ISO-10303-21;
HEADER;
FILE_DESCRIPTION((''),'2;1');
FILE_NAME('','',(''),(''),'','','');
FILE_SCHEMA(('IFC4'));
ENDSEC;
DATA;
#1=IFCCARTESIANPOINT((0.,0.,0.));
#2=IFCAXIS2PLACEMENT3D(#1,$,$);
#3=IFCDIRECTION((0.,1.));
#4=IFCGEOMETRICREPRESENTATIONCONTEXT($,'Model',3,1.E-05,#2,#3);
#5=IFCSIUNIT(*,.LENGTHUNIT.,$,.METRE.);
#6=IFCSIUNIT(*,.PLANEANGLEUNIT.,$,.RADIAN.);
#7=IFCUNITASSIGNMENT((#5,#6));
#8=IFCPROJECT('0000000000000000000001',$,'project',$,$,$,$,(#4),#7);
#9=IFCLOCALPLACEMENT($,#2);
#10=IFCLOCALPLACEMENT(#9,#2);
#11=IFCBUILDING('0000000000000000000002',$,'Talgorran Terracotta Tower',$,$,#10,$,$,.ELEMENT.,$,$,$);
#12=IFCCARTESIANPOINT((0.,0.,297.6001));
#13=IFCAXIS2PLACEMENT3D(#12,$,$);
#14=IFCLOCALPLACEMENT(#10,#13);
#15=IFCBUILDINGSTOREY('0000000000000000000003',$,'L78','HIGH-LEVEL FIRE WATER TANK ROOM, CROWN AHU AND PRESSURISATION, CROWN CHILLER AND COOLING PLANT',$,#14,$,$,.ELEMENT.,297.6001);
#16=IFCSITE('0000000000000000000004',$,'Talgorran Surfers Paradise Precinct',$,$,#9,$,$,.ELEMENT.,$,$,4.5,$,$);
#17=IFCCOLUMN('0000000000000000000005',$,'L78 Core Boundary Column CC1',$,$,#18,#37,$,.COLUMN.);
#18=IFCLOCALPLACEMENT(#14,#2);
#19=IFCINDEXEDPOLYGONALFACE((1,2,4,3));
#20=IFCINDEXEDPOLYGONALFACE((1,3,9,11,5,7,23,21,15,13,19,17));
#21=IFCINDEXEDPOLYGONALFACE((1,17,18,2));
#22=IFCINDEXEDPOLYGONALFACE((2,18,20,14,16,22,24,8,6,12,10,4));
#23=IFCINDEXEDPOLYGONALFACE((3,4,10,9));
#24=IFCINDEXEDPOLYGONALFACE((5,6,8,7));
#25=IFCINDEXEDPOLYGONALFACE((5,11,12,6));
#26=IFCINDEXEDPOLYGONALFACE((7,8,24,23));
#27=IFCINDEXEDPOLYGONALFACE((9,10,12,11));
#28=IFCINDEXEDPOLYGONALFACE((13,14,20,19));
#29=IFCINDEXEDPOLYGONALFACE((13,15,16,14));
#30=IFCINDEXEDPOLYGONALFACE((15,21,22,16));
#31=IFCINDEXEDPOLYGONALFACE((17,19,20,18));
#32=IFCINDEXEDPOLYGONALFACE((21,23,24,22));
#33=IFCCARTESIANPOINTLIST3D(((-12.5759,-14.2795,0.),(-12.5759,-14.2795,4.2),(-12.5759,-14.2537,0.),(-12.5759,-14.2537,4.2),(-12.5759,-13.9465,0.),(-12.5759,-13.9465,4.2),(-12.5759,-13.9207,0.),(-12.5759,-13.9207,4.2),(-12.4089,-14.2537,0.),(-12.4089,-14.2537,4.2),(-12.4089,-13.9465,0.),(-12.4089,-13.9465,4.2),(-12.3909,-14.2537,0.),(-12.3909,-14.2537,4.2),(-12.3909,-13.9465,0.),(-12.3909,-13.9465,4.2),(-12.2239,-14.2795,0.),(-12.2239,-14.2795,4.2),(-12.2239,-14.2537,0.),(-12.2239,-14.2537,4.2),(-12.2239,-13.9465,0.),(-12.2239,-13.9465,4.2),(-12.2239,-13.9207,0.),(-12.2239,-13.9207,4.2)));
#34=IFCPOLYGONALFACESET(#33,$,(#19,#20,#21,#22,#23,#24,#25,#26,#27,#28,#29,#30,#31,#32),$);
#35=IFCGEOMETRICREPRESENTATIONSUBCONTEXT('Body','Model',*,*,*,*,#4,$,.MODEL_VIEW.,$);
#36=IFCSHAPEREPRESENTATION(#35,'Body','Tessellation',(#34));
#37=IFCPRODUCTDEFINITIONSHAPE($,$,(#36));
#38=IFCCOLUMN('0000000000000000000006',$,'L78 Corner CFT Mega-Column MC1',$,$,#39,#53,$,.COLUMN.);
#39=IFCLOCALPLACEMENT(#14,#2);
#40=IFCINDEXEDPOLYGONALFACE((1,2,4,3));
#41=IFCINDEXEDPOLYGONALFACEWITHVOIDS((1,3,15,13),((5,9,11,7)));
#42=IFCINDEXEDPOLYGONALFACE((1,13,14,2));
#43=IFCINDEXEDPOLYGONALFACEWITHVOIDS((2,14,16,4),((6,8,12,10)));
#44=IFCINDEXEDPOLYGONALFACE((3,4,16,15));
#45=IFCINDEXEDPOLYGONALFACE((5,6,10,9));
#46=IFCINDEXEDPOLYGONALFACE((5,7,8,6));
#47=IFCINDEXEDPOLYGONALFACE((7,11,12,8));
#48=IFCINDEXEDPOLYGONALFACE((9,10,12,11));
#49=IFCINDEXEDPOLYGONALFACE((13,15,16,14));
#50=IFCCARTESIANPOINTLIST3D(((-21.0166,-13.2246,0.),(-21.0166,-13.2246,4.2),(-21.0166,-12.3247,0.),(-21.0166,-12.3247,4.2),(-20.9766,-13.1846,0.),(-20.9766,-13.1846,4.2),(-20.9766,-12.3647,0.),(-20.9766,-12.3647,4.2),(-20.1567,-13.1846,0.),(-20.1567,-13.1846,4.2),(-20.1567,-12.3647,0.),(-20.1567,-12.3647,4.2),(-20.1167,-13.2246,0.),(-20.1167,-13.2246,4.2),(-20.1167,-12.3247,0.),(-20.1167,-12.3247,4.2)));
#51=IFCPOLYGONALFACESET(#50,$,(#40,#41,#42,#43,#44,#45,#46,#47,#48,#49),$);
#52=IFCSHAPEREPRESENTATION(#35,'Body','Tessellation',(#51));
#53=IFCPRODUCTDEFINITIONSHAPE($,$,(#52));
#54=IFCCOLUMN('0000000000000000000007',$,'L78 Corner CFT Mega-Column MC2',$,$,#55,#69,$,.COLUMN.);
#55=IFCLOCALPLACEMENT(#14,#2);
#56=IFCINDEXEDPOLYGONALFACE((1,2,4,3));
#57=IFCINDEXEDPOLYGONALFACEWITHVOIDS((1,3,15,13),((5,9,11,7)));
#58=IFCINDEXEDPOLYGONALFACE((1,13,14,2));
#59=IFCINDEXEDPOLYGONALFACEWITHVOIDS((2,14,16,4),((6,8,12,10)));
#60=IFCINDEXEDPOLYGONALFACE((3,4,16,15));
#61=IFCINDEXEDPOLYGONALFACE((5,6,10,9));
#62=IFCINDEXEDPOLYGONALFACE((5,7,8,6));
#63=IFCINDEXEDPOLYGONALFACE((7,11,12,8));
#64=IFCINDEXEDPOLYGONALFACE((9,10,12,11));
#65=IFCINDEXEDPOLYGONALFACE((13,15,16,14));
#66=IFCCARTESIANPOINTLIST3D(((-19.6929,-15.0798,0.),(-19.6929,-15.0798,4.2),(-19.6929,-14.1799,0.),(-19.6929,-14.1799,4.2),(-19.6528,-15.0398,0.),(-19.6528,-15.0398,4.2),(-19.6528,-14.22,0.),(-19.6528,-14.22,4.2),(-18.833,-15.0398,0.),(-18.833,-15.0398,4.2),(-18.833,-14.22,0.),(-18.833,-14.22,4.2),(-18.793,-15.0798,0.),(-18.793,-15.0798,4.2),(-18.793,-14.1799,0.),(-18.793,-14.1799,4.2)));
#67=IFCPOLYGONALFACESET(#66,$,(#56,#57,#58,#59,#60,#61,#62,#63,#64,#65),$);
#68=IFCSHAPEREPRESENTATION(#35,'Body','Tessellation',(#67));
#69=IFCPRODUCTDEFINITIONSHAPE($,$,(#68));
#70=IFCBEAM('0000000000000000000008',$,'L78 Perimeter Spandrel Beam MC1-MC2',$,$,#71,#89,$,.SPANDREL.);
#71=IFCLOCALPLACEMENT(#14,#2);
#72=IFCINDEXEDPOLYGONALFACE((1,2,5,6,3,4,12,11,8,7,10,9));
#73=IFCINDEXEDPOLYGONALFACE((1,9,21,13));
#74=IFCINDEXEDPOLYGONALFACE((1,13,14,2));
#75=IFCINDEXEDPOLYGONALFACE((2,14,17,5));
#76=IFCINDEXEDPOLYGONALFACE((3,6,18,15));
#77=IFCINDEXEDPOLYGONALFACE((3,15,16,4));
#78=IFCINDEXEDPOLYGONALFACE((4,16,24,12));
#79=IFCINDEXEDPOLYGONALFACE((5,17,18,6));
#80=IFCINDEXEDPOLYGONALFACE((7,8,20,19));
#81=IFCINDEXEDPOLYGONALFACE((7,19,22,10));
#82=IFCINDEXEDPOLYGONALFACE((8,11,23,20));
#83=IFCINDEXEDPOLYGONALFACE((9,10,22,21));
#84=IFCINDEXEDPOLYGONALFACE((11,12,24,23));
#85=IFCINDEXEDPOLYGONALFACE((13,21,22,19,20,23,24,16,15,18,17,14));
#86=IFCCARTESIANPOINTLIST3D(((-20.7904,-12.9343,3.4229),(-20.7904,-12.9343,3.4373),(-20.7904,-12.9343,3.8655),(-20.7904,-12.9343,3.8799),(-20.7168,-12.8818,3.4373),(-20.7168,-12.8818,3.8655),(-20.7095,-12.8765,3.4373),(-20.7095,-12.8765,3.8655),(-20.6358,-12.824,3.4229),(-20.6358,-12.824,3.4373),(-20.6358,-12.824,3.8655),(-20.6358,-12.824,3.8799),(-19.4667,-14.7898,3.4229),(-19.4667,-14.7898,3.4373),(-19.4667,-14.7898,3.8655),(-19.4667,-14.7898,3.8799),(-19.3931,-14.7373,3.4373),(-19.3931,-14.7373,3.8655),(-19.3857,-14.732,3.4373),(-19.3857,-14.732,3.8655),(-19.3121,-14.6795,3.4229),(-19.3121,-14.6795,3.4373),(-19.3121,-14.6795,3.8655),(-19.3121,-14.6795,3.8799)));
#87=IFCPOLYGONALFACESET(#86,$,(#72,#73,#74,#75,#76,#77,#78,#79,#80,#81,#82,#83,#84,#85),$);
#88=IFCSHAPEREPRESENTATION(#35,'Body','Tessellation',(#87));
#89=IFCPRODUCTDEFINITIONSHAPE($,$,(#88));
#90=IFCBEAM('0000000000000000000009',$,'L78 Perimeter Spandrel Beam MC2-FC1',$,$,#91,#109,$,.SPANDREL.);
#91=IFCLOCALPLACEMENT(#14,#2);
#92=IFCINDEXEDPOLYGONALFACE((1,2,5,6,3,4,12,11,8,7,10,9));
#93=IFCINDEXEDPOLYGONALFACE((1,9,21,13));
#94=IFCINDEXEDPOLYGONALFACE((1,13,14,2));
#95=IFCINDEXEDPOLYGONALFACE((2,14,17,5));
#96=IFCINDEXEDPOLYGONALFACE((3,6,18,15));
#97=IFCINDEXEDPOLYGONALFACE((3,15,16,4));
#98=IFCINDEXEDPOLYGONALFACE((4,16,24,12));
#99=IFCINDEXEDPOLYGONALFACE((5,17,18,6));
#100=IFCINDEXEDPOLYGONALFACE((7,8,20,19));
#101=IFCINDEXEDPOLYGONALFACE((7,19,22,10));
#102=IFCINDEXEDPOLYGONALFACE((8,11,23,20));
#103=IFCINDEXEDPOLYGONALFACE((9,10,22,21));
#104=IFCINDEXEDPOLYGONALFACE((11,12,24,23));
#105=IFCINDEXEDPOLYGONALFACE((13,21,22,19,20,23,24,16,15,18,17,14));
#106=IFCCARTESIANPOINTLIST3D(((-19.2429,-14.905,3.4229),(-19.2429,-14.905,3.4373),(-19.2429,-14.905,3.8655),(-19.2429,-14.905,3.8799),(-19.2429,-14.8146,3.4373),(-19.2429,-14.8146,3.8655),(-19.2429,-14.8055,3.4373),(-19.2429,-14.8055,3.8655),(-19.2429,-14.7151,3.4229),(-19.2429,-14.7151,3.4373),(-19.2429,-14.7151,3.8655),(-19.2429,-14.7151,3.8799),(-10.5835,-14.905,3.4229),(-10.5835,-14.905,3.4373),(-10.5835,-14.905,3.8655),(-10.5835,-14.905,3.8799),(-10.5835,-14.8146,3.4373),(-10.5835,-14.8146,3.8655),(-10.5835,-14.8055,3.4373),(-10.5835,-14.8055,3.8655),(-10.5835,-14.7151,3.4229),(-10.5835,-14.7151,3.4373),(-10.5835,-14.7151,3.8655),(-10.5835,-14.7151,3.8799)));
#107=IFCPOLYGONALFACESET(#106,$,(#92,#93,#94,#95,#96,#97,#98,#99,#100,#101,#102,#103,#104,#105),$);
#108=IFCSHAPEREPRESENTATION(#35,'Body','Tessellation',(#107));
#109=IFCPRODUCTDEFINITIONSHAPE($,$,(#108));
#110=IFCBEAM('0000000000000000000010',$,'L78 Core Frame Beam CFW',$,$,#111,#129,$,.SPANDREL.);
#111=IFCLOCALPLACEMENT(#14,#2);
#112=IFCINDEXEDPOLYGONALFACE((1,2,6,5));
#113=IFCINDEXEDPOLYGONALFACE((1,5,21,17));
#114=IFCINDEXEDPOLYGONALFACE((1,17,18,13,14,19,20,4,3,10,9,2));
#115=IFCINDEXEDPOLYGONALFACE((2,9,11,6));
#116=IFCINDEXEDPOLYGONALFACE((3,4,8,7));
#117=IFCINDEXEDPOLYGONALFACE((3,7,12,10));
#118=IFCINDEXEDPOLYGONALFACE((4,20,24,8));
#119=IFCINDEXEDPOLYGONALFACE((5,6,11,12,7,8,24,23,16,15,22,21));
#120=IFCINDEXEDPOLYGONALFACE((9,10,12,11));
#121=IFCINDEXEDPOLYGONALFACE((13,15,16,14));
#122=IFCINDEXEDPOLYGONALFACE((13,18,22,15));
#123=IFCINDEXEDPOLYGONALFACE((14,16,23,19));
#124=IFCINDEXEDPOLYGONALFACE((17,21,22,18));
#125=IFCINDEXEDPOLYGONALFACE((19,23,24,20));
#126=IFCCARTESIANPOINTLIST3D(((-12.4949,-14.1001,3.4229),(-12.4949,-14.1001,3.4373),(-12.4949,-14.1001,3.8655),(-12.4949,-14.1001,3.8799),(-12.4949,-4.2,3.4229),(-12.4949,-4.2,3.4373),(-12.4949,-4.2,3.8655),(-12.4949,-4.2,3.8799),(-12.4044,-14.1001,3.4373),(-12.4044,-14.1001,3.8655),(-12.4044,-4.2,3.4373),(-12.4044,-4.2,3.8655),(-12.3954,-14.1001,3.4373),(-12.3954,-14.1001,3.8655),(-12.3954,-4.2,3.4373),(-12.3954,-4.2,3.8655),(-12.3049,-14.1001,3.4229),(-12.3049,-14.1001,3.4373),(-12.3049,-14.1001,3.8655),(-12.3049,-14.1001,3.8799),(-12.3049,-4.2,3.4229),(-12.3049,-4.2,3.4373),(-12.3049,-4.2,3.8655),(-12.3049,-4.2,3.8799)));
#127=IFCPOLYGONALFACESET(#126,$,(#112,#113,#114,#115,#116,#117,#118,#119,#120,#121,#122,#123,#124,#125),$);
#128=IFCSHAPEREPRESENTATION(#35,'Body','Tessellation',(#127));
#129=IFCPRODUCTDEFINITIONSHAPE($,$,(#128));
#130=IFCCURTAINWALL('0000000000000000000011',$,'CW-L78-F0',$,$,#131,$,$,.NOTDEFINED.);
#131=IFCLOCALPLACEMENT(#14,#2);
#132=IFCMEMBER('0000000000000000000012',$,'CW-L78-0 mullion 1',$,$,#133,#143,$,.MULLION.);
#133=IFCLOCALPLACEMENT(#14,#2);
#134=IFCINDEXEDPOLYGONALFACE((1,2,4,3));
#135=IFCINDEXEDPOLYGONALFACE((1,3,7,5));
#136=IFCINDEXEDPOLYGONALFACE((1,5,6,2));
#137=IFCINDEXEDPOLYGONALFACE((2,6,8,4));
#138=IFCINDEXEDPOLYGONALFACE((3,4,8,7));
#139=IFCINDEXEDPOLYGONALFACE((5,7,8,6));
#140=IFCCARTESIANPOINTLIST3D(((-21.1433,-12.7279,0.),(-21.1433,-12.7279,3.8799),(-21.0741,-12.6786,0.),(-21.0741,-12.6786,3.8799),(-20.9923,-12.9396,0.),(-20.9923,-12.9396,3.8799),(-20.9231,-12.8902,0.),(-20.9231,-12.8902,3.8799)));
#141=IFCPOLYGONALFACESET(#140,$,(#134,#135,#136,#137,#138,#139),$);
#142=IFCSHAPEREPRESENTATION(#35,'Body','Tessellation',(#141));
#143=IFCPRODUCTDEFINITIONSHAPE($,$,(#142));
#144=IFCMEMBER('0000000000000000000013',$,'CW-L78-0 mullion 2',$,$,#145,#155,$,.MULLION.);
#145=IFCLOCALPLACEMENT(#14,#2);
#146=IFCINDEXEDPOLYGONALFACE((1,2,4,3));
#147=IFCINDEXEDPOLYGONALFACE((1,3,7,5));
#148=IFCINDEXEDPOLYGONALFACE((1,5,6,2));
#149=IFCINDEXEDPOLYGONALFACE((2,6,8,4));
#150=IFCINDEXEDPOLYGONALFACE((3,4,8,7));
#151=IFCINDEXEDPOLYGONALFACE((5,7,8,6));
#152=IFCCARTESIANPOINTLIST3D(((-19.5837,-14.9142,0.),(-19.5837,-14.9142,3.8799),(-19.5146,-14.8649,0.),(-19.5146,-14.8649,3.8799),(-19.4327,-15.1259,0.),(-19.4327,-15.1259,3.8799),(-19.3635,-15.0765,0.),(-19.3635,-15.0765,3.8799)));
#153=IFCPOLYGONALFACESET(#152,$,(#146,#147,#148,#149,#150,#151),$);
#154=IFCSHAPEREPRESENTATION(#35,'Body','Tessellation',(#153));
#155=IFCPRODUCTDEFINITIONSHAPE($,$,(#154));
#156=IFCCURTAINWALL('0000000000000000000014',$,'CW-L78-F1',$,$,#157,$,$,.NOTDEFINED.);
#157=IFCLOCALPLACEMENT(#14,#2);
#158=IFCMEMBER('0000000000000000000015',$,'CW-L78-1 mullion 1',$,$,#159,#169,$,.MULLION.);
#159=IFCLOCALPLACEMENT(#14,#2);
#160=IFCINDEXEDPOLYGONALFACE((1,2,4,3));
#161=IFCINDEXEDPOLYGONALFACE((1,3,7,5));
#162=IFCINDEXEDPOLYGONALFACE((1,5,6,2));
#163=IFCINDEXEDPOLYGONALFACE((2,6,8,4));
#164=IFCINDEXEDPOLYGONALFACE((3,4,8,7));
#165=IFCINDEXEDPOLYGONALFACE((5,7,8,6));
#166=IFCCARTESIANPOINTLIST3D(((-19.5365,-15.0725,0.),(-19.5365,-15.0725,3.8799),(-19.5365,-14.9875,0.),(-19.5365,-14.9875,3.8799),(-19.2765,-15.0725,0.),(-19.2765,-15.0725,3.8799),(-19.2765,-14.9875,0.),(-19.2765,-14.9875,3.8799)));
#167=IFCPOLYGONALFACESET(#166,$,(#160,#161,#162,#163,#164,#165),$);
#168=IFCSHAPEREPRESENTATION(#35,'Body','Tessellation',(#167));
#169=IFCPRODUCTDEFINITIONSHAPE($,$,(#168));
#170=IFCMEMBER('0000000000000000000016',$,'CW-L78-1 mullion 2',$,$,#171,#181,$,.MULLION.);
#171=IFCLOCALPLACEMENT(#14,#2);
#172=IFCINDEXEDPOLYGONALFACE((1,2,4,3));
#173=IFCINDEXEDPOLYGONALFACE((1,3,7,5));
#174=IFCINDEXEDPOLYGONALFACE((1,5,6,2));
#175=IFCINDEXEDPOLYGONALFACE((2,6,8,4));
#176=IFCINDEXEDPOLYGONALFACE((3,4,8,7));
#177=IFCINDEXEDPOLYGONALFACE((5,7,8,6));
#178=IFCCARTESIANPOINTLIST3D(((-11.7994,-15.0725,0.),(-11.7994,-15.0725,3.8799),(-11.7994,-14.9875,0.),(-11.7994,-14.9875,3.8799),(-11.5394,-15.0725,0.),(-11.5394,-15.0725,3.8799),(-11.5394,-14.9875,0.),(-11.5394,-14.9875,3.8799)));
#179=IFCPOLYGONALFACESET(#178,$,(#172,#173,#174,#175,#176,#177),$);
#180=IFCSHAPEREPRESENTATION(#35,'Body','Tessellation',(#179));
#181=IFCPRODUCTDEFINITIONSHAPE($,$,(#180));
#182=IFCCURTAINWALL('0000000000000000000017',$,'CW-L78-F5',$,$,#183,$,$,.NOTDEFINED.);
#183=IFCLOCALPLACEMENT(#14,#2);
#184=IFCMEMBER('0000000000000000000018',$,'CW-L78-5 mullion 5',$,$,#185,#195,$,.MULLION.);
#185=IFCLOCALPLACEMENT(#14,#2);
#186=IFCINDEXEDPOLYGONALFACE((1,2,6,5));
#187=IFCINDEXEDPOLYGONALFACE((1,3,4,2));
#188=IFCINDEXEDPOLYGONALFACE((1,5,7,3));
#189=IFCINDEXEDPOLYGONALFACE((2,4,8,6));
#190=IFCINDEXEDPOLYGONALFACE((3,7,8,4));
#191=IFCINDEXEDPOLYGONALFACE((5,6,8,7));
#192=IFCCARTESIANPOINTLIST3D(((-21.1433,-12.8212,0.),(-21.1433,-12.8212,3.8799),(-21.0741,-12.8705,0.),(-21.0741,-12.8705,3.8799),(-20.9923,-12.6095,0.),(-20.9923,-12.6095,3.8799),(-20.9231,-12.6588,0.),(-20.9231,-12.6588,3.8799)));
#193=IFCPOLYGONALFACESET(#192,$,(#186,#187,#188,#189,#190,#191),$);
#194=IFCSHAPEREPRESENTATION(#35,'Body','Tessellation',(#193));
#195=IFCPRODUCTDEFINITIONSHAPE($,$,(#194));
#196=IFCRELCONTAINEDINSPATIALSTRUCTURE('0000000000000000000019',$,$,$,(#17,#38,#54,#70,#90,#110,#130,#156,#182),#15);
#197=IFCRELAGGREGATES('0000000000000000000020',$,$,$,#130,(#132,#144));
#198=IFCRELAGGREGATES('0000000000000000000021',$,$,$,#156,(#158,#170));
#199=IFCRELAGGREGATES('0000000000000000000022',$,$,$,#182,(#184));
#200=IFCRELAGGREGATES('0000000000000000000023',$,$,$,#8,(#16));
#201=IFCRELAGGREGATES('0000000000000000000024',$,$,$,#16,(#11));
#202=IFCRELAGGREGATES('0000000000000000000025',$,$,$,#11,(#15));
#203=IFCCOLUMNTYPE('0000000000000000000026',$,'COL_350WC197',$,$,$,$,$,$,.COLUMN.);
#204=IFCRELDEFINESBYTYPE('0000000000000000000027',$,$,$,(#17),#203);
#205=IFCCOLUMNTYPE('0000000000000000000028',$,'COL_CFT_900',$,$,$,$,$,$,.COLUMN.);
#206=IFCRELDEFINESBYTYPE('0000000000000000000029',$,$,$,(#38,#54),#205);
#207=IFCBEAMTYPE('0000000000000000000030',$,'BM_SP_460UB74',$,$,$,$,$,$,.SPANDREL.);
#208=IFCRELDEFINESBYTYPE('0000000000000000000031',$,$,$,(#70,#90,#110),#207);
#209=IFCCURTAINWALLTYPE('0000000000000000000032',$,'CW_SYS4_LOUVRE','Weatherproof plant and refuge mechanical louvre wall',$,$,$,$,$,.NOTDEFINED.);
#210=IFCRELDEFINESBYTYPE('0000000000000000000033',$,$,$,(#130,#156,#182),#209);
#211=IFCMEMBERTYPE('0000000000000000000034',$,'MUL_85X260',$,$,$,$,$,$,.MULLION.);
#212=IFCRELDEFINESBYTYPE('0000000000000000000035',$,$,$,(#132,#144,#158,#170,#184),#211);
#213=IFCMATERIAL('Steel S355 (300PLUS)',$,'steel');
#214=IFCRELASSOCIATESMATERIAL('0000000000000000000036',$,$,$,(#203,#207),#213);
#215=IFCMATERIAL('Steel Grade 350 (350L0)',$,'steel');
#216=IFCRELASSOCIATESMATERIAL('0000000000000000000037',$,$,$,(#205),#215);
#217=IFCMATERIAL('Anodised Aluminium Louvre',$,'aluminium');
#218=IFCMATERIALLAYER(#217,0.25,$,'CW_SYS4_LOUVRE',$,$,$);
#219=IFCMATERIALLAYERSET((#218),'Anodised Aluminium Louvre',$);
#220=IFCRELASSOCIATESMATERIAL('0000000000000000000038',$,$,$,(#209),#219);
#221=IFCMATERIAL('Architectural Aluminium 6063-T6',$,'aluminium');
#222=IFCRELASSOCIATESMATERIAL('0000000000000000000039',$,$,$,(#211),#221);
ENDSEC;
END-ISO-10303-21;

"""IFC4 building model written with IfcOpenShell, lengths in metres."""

from ifc_helpers import new_model, si_unit, direction, frame, origin, origin_2d, place, context, subcontext, project, spatial, rectangle, hollow_rectangle, i_section, extrude, material, layer, layer_set, material_profile, profile_set, type_object, element, aggregate, save


model = new_model("IFC4")

# Units and contexts
model_context = context("Model", 3, precision=1e-05, world=origin(), true_north=direction((0.0, 1.0)))
body_context = subcontext(model_context, "Body", "Model", "MODEL_VIEW")
ifc_project = project(units=[si_unit("LENGTHUNIT", "METRE"), si_unit("PLANEANGLEUNIT", "RADIAN")], contexts=[model_context])

# Site, building, storey
site_placement = place(None, origin())
site = spatial("IfcSite", under=ifc_project, at=site_placement, Name="Talgorran Surfers Paradise Precinct", CompositionType="ELEMENT", RefElevation=4.5)
building_placement = place(site_placement, origin())
building = spatial("IfcBuilding", under=site, at=building_placement, Name="Talgorran Terracotta Tower", CompositionType="ELEMENT")
storey_placement = place(building_placement, frame((0.0, 0.0, 297.6001)))
storey = spatial("IfcBuildingStorey", under=building, at=storey_placement, Name="L78", Description="HIGH-LEVEL FIRE WATER TANK ROOM, CROWN AHU AND PRESSURISATION, CROWN CHILLER AND COOLING PLANT", CompositionType="ELEMENT", Elevation=297.6001)

# Columns
ifc_material_1 = material(Name="Steel S355 (300PLUS)", Category="steel")
ifc_material_profile_1 = material_profile(ifc_material_1, i_section(OverallWidth=0.3521, OverallDepth=0.3589, WebThickness=0.0181, FlangeThickness=0.0259, at=origin_2d()), Name="350WC197")
ifc_profile_set_1 = profile_set([ifc_material_profile_1], Name="Steel S355 (300PLUS)")
column_type_1 = type_object("IfcColumnType", Name="COL_350WC197", PredefinedType="COLUMN", material=ifc_profile_set_1)
column_placement = place(storey_placement, frame((-12.3999, -14.1001, 0.0), z_axis=(0.0, 0.0, 1.0), x_axis=(1.0, 0.0, 0.0)))
element("IfcColumn", 1, at=column_placement, inside=storey, type_object=column_type_1, Name="L78 Core Boundary Column CC1", PredefinedType="COLUMN", context=body_context, shape_type="SweptSolid", body=[
    extrude(i_section(OverallWidth=0.3521, OverallDepth=0.3589, WebThickness=0.0181, FlangeThickness=0.0259, at=origin_2d()), origin(), (0.0, 0.0, 1.0), 4.2),
])
ifc_material_2 = material(Name="Steel Grade 350 (350L0)", Category="steel")
ifc_material_profile_2 = material_profile(ifc_material_2, hollow_rectangle(XDim=0.8999, YDim=0.8999, WallThickness=0.04, at=origin_2d()), Name="CFT900X900X40")
ifc_profile_set_2 = profile_set([ifc_material_profile_2], Name="Steel Grade 350 (350L0)")
column_type_2 = type_object("IfcColumnType", Name="COL_CFT_900", PredefinedType="COLUMN", material=ifc_profile_set_2)
for number, where, z_axis, x_axis, name in (
    (2, (-20.5667, -12.7747, 0.0), (0.0, 0.0, 1.0), (1.0, 0.0, 0.0), "L78 Corner CFT Mega-Column MC1"),
    (3, (-19.2429, -14.6299, 0.0), (0.0, 0.0, 1.0), (1.0, 0.0, 0.0), "L78 Corner CFT Mega-Column MC2"),
):
    element("IfcColumn", number, at=place(storey_placement, frame(where, z_axis=z_axis, x_axis=x_axis)), inside=storey, type_object=column_type_2, Name=name, PredefinedType="COLUMN", context=body_context, shape_type="SweptSolid", body=[
        extrude(hollow_rectangle(XDim=0.8999, YDim=0.8999, WallThickness=0.04, at=origin_2d()), origin(), (0.0, 0.0, 1.0), 4.2),
    ])

# Beams
ifc_material_profile_3 = material_profile(ifc_material_1, i_section(OverallWidth=0.1899, OverallDepth=0.457, WebThickness=0.009, FlangeThickness=0.0144, at=origin_2d()), Name="460UB74.6")
ifc_profile_set_3 = profile_set([ifc_material_profile_3], Name="Steel S355 (300PLUS)")
beam_type = type_object("IfcBeamType", Name="BM_SP_460UB74", PredefinedType="SPANDREL", material=ifc_profile_set_3)
beam_1_placement = place(storey_placement, frame((-20.7131, -12.8792, 3.6514), z_axis=(0.580772, -0.814066, 0.0), x_axis=(0.814066, 0.580772, 0.0)))
element("IfcBeam", 4, at=beam_1_placement, inside=storey, type_object=beam_type, Name="L78 Perimeter Spandrel Beam MC1-MC2", PredefinedType="SPANDREL", context=body_context, shape_type="SweptSolid", body=[
    extrude(i_section(OverallWidth=0.1899, OverallDepth=0.457, WebThickness=0.009, FlangeThickness=0.0144, at=origin_2d()), origin(), (0.0, 0.0, 1.0), 2.2793),
])
beam_2_placement = place(storey_placement, frame((-19.2429, -14.8101, 3.6514), z_axis=(1.0, 0.0, 0.0), x_axis=(0.0, 1.0, 0.0)))
element("IfcBeam", 5, at=beam_2_placement, inside=storey, type_object=beam_type, Name="L78 Perimeter Spandrel Beam MC2-FC1", PredefinedType="SPANDREL", context=body_context, shape_type="SweptSolid", body=[
    extrude(i_section(OverallWidth=0.1899, OverallDepth=0.457, WebThickness=0.009, FlangeThickness=0.0144, at=origin_2d()), origin(), (0.0, 0.0, 1.0), 8.6594),
])
beam_3_placement = place(storey_placement, frame((-12.3999, -14.1001, 3.6514), z_axis=(0.0, 1.0, 0.0), x_axis=(-1.0, 0.0, 0.0)))
element("IfcBeam", 6, at=beam_3_placement, inside=storey, type_object=beam_type, Name="L78 Core Frame Beam CFW", PredefinedType="SPANDREL", context=body_context, shape_type="SweptSolid", body=[
    extrude(i_section(OverallWidth=0.1899, OverallDepth=0.457, WebThickness=0.009, FlangeThickness=0.0144, at=origin_2d()), origin(), (0.0, 0.0, 1.0), 9.9001),
])

# Curtain walls, members
ifc_material_3 = material(Name="Anodised Aluminium Louvre", Category="aluminium")
ifc_layer_1 = layer(ifc_material_3, 0.25, Name="CW_SYS4_LOUVRE")
ifc_layer_set_1 = layer_set([ifc_layer_1], Name="Anodised Aluminium Louvre")
curtain_wall_type = type_object("IfcCurtainWallType", Name="CW_SYS4_LOUVRE", Description="Weatherproof plant and refuge mechanical louvre wall", PredefinedType="NOTDEFINED", material=ifc_layer_set_1)
curtain_wall_1_placement = place(storey_placement, origin())
curtain_wall_1 = element("IfcCurtainWall", 7, at=curtain_wall_1_placement, inside=storey, type_object=curtain_wall_type, Name="CW-L78-F0", PredefinedType="NOTDEFINED")
ifc_material_4 = material(Name="Architectural Aluminium 6063-T6", Category="aluminium")
ifc_material_profile_4 = material_profile(ifc_material_4, rectangle(XDim=0.085, YDim=0.26, at=origin_2d()), Name="CWM85X260")
ifc_profile_set_4 = profile_set([ifc_material_profile_4], Name="Architectural Aluminium 6063-T6")
member_type_1 = type_object("IfcMemberType", Name="MUL_85X260", PredefinedType="MULLION", material=ifc_profile_set_4)
member_1_placement = place(storey_placement, frame((-21.0332, -12.8091, 0.0), z_axis=(0.0, 0.0, 1.0), x_axis=(0.814075, 0.58076, 0.0)))
member_1 = element("IfcMember", 8, at=member_1_placement, type_object=member_type_1, Name="CW-L78-0 mullion 1", PredefinedType="MULLION", context=body_context, shape_type="SweptSolid", body=[
    extrude(rectangle(XDim=0.085, YDim=0.26, at=origin_2d()), origin(), (0.0, 0.0, 1.0), 3.8799),
])
member_2_placement = place(storey_placement, frame((-19.4736, -14.9954, 0.0), z_axis=(0.0, 0.0, 1.0), x_axis=(0.814075, 0.58076, 0.0)))
member_2 = element("IfcMember", 9, at=member_2_placement, type_object=member_type_1, Name="CW-L78-0 mullion 2", PredefinedType="MULLION", context=body_context, shape_type="SweptSolid", body=[
    extrude(rectangle(XDim=0.085, YDim=0.26, at=origin_2d()), origin(), (0.0, 0.0, 1.0), 3.8799),
])
curtain_wall_2_placement = place(storey_placement, origin())
curtain_wall_2 = element("IfcCurtainWall", 10, at=curtain_wall_2_placement, inside=storey, type_object=curtain_wall_type, Name="CW-L78-F1", PredefinedType="NOTDEFINED")
member_3_placement = place(storey_placement, frame((-19.4065, -15.03, 0.0), z_axis=(0.0, 0.0, 1.0), x_axis=(0.0, 1.0, 0.0)))
member_3 = element("IfcMember", 11, at=member_3_placement, type_object=member_type_1, Name="CW-L78-1 mullion 1", PredefinedType="MULLION", context=body_context, shape_type="SweptSolid", body=[
    extrude(rectangle(XDim=0.085, YDim=0.26, at=origin_2d()), origin(), (0.0, 0.0, 1.0), 3.8799),
])
member_4_placement = place(storey_placement, frame((-11.6694, -15.03, 0.0), z_axis=(0.0, 0.0, 1.0), x_axis=(0.0, 1.0, 0.0)))
member_4 = element("IfcMember", 12, at=member_4_placement, type_object=member_type_1, Name="CW-L78-1 mullion 2", PredefinedType="MULLION", context=body_context, shape_type="SweptSolid", body=[
    extrude(rectangle(XDim=0.085, YDim=0.26, at=origin_2d()), origin(), (0.0, 0.0, 1.0), 3.8799),
])

# Curtain wall, member
curtain_wall_3_placement = place(storey_placement, origin())
curtain_wall_3 = element("IfcCurtainWall", 13, at=curtain_wall_3_placement, inside=storey, type_object=curtain_wall_type, Name="CW-L78-F5", PredefinedType="NOTDEFINED")
member_5_placement = place(storey_placement, frame((-21.0332, -12.74, 0.0), z_axis=(0.0, 0.0, 1.0), x_axis=(0.814076, -0.580758, 0.0)))
member_5 = element("IfcMember", 14, at=member_5_placement, type_object=member_type_1, Name="CW-L78-5 mullion 5", PredefinedType="MULLION", context=body_context, shape_type="SweptSolid", body=[
    extrude(rectangle(XDim=0.085, YDim=0.26, at=origin_2d()), origin(), (0.0, 0.0, 1.0), 3.8799),
])

aggregate(curtain_wall_1, [member_1, member_2])
aggregate(curtain_wall_2, [member_3, member_4])
aggregate(curtain_wall_3, [member_5])

save(model, "model.ifc")
